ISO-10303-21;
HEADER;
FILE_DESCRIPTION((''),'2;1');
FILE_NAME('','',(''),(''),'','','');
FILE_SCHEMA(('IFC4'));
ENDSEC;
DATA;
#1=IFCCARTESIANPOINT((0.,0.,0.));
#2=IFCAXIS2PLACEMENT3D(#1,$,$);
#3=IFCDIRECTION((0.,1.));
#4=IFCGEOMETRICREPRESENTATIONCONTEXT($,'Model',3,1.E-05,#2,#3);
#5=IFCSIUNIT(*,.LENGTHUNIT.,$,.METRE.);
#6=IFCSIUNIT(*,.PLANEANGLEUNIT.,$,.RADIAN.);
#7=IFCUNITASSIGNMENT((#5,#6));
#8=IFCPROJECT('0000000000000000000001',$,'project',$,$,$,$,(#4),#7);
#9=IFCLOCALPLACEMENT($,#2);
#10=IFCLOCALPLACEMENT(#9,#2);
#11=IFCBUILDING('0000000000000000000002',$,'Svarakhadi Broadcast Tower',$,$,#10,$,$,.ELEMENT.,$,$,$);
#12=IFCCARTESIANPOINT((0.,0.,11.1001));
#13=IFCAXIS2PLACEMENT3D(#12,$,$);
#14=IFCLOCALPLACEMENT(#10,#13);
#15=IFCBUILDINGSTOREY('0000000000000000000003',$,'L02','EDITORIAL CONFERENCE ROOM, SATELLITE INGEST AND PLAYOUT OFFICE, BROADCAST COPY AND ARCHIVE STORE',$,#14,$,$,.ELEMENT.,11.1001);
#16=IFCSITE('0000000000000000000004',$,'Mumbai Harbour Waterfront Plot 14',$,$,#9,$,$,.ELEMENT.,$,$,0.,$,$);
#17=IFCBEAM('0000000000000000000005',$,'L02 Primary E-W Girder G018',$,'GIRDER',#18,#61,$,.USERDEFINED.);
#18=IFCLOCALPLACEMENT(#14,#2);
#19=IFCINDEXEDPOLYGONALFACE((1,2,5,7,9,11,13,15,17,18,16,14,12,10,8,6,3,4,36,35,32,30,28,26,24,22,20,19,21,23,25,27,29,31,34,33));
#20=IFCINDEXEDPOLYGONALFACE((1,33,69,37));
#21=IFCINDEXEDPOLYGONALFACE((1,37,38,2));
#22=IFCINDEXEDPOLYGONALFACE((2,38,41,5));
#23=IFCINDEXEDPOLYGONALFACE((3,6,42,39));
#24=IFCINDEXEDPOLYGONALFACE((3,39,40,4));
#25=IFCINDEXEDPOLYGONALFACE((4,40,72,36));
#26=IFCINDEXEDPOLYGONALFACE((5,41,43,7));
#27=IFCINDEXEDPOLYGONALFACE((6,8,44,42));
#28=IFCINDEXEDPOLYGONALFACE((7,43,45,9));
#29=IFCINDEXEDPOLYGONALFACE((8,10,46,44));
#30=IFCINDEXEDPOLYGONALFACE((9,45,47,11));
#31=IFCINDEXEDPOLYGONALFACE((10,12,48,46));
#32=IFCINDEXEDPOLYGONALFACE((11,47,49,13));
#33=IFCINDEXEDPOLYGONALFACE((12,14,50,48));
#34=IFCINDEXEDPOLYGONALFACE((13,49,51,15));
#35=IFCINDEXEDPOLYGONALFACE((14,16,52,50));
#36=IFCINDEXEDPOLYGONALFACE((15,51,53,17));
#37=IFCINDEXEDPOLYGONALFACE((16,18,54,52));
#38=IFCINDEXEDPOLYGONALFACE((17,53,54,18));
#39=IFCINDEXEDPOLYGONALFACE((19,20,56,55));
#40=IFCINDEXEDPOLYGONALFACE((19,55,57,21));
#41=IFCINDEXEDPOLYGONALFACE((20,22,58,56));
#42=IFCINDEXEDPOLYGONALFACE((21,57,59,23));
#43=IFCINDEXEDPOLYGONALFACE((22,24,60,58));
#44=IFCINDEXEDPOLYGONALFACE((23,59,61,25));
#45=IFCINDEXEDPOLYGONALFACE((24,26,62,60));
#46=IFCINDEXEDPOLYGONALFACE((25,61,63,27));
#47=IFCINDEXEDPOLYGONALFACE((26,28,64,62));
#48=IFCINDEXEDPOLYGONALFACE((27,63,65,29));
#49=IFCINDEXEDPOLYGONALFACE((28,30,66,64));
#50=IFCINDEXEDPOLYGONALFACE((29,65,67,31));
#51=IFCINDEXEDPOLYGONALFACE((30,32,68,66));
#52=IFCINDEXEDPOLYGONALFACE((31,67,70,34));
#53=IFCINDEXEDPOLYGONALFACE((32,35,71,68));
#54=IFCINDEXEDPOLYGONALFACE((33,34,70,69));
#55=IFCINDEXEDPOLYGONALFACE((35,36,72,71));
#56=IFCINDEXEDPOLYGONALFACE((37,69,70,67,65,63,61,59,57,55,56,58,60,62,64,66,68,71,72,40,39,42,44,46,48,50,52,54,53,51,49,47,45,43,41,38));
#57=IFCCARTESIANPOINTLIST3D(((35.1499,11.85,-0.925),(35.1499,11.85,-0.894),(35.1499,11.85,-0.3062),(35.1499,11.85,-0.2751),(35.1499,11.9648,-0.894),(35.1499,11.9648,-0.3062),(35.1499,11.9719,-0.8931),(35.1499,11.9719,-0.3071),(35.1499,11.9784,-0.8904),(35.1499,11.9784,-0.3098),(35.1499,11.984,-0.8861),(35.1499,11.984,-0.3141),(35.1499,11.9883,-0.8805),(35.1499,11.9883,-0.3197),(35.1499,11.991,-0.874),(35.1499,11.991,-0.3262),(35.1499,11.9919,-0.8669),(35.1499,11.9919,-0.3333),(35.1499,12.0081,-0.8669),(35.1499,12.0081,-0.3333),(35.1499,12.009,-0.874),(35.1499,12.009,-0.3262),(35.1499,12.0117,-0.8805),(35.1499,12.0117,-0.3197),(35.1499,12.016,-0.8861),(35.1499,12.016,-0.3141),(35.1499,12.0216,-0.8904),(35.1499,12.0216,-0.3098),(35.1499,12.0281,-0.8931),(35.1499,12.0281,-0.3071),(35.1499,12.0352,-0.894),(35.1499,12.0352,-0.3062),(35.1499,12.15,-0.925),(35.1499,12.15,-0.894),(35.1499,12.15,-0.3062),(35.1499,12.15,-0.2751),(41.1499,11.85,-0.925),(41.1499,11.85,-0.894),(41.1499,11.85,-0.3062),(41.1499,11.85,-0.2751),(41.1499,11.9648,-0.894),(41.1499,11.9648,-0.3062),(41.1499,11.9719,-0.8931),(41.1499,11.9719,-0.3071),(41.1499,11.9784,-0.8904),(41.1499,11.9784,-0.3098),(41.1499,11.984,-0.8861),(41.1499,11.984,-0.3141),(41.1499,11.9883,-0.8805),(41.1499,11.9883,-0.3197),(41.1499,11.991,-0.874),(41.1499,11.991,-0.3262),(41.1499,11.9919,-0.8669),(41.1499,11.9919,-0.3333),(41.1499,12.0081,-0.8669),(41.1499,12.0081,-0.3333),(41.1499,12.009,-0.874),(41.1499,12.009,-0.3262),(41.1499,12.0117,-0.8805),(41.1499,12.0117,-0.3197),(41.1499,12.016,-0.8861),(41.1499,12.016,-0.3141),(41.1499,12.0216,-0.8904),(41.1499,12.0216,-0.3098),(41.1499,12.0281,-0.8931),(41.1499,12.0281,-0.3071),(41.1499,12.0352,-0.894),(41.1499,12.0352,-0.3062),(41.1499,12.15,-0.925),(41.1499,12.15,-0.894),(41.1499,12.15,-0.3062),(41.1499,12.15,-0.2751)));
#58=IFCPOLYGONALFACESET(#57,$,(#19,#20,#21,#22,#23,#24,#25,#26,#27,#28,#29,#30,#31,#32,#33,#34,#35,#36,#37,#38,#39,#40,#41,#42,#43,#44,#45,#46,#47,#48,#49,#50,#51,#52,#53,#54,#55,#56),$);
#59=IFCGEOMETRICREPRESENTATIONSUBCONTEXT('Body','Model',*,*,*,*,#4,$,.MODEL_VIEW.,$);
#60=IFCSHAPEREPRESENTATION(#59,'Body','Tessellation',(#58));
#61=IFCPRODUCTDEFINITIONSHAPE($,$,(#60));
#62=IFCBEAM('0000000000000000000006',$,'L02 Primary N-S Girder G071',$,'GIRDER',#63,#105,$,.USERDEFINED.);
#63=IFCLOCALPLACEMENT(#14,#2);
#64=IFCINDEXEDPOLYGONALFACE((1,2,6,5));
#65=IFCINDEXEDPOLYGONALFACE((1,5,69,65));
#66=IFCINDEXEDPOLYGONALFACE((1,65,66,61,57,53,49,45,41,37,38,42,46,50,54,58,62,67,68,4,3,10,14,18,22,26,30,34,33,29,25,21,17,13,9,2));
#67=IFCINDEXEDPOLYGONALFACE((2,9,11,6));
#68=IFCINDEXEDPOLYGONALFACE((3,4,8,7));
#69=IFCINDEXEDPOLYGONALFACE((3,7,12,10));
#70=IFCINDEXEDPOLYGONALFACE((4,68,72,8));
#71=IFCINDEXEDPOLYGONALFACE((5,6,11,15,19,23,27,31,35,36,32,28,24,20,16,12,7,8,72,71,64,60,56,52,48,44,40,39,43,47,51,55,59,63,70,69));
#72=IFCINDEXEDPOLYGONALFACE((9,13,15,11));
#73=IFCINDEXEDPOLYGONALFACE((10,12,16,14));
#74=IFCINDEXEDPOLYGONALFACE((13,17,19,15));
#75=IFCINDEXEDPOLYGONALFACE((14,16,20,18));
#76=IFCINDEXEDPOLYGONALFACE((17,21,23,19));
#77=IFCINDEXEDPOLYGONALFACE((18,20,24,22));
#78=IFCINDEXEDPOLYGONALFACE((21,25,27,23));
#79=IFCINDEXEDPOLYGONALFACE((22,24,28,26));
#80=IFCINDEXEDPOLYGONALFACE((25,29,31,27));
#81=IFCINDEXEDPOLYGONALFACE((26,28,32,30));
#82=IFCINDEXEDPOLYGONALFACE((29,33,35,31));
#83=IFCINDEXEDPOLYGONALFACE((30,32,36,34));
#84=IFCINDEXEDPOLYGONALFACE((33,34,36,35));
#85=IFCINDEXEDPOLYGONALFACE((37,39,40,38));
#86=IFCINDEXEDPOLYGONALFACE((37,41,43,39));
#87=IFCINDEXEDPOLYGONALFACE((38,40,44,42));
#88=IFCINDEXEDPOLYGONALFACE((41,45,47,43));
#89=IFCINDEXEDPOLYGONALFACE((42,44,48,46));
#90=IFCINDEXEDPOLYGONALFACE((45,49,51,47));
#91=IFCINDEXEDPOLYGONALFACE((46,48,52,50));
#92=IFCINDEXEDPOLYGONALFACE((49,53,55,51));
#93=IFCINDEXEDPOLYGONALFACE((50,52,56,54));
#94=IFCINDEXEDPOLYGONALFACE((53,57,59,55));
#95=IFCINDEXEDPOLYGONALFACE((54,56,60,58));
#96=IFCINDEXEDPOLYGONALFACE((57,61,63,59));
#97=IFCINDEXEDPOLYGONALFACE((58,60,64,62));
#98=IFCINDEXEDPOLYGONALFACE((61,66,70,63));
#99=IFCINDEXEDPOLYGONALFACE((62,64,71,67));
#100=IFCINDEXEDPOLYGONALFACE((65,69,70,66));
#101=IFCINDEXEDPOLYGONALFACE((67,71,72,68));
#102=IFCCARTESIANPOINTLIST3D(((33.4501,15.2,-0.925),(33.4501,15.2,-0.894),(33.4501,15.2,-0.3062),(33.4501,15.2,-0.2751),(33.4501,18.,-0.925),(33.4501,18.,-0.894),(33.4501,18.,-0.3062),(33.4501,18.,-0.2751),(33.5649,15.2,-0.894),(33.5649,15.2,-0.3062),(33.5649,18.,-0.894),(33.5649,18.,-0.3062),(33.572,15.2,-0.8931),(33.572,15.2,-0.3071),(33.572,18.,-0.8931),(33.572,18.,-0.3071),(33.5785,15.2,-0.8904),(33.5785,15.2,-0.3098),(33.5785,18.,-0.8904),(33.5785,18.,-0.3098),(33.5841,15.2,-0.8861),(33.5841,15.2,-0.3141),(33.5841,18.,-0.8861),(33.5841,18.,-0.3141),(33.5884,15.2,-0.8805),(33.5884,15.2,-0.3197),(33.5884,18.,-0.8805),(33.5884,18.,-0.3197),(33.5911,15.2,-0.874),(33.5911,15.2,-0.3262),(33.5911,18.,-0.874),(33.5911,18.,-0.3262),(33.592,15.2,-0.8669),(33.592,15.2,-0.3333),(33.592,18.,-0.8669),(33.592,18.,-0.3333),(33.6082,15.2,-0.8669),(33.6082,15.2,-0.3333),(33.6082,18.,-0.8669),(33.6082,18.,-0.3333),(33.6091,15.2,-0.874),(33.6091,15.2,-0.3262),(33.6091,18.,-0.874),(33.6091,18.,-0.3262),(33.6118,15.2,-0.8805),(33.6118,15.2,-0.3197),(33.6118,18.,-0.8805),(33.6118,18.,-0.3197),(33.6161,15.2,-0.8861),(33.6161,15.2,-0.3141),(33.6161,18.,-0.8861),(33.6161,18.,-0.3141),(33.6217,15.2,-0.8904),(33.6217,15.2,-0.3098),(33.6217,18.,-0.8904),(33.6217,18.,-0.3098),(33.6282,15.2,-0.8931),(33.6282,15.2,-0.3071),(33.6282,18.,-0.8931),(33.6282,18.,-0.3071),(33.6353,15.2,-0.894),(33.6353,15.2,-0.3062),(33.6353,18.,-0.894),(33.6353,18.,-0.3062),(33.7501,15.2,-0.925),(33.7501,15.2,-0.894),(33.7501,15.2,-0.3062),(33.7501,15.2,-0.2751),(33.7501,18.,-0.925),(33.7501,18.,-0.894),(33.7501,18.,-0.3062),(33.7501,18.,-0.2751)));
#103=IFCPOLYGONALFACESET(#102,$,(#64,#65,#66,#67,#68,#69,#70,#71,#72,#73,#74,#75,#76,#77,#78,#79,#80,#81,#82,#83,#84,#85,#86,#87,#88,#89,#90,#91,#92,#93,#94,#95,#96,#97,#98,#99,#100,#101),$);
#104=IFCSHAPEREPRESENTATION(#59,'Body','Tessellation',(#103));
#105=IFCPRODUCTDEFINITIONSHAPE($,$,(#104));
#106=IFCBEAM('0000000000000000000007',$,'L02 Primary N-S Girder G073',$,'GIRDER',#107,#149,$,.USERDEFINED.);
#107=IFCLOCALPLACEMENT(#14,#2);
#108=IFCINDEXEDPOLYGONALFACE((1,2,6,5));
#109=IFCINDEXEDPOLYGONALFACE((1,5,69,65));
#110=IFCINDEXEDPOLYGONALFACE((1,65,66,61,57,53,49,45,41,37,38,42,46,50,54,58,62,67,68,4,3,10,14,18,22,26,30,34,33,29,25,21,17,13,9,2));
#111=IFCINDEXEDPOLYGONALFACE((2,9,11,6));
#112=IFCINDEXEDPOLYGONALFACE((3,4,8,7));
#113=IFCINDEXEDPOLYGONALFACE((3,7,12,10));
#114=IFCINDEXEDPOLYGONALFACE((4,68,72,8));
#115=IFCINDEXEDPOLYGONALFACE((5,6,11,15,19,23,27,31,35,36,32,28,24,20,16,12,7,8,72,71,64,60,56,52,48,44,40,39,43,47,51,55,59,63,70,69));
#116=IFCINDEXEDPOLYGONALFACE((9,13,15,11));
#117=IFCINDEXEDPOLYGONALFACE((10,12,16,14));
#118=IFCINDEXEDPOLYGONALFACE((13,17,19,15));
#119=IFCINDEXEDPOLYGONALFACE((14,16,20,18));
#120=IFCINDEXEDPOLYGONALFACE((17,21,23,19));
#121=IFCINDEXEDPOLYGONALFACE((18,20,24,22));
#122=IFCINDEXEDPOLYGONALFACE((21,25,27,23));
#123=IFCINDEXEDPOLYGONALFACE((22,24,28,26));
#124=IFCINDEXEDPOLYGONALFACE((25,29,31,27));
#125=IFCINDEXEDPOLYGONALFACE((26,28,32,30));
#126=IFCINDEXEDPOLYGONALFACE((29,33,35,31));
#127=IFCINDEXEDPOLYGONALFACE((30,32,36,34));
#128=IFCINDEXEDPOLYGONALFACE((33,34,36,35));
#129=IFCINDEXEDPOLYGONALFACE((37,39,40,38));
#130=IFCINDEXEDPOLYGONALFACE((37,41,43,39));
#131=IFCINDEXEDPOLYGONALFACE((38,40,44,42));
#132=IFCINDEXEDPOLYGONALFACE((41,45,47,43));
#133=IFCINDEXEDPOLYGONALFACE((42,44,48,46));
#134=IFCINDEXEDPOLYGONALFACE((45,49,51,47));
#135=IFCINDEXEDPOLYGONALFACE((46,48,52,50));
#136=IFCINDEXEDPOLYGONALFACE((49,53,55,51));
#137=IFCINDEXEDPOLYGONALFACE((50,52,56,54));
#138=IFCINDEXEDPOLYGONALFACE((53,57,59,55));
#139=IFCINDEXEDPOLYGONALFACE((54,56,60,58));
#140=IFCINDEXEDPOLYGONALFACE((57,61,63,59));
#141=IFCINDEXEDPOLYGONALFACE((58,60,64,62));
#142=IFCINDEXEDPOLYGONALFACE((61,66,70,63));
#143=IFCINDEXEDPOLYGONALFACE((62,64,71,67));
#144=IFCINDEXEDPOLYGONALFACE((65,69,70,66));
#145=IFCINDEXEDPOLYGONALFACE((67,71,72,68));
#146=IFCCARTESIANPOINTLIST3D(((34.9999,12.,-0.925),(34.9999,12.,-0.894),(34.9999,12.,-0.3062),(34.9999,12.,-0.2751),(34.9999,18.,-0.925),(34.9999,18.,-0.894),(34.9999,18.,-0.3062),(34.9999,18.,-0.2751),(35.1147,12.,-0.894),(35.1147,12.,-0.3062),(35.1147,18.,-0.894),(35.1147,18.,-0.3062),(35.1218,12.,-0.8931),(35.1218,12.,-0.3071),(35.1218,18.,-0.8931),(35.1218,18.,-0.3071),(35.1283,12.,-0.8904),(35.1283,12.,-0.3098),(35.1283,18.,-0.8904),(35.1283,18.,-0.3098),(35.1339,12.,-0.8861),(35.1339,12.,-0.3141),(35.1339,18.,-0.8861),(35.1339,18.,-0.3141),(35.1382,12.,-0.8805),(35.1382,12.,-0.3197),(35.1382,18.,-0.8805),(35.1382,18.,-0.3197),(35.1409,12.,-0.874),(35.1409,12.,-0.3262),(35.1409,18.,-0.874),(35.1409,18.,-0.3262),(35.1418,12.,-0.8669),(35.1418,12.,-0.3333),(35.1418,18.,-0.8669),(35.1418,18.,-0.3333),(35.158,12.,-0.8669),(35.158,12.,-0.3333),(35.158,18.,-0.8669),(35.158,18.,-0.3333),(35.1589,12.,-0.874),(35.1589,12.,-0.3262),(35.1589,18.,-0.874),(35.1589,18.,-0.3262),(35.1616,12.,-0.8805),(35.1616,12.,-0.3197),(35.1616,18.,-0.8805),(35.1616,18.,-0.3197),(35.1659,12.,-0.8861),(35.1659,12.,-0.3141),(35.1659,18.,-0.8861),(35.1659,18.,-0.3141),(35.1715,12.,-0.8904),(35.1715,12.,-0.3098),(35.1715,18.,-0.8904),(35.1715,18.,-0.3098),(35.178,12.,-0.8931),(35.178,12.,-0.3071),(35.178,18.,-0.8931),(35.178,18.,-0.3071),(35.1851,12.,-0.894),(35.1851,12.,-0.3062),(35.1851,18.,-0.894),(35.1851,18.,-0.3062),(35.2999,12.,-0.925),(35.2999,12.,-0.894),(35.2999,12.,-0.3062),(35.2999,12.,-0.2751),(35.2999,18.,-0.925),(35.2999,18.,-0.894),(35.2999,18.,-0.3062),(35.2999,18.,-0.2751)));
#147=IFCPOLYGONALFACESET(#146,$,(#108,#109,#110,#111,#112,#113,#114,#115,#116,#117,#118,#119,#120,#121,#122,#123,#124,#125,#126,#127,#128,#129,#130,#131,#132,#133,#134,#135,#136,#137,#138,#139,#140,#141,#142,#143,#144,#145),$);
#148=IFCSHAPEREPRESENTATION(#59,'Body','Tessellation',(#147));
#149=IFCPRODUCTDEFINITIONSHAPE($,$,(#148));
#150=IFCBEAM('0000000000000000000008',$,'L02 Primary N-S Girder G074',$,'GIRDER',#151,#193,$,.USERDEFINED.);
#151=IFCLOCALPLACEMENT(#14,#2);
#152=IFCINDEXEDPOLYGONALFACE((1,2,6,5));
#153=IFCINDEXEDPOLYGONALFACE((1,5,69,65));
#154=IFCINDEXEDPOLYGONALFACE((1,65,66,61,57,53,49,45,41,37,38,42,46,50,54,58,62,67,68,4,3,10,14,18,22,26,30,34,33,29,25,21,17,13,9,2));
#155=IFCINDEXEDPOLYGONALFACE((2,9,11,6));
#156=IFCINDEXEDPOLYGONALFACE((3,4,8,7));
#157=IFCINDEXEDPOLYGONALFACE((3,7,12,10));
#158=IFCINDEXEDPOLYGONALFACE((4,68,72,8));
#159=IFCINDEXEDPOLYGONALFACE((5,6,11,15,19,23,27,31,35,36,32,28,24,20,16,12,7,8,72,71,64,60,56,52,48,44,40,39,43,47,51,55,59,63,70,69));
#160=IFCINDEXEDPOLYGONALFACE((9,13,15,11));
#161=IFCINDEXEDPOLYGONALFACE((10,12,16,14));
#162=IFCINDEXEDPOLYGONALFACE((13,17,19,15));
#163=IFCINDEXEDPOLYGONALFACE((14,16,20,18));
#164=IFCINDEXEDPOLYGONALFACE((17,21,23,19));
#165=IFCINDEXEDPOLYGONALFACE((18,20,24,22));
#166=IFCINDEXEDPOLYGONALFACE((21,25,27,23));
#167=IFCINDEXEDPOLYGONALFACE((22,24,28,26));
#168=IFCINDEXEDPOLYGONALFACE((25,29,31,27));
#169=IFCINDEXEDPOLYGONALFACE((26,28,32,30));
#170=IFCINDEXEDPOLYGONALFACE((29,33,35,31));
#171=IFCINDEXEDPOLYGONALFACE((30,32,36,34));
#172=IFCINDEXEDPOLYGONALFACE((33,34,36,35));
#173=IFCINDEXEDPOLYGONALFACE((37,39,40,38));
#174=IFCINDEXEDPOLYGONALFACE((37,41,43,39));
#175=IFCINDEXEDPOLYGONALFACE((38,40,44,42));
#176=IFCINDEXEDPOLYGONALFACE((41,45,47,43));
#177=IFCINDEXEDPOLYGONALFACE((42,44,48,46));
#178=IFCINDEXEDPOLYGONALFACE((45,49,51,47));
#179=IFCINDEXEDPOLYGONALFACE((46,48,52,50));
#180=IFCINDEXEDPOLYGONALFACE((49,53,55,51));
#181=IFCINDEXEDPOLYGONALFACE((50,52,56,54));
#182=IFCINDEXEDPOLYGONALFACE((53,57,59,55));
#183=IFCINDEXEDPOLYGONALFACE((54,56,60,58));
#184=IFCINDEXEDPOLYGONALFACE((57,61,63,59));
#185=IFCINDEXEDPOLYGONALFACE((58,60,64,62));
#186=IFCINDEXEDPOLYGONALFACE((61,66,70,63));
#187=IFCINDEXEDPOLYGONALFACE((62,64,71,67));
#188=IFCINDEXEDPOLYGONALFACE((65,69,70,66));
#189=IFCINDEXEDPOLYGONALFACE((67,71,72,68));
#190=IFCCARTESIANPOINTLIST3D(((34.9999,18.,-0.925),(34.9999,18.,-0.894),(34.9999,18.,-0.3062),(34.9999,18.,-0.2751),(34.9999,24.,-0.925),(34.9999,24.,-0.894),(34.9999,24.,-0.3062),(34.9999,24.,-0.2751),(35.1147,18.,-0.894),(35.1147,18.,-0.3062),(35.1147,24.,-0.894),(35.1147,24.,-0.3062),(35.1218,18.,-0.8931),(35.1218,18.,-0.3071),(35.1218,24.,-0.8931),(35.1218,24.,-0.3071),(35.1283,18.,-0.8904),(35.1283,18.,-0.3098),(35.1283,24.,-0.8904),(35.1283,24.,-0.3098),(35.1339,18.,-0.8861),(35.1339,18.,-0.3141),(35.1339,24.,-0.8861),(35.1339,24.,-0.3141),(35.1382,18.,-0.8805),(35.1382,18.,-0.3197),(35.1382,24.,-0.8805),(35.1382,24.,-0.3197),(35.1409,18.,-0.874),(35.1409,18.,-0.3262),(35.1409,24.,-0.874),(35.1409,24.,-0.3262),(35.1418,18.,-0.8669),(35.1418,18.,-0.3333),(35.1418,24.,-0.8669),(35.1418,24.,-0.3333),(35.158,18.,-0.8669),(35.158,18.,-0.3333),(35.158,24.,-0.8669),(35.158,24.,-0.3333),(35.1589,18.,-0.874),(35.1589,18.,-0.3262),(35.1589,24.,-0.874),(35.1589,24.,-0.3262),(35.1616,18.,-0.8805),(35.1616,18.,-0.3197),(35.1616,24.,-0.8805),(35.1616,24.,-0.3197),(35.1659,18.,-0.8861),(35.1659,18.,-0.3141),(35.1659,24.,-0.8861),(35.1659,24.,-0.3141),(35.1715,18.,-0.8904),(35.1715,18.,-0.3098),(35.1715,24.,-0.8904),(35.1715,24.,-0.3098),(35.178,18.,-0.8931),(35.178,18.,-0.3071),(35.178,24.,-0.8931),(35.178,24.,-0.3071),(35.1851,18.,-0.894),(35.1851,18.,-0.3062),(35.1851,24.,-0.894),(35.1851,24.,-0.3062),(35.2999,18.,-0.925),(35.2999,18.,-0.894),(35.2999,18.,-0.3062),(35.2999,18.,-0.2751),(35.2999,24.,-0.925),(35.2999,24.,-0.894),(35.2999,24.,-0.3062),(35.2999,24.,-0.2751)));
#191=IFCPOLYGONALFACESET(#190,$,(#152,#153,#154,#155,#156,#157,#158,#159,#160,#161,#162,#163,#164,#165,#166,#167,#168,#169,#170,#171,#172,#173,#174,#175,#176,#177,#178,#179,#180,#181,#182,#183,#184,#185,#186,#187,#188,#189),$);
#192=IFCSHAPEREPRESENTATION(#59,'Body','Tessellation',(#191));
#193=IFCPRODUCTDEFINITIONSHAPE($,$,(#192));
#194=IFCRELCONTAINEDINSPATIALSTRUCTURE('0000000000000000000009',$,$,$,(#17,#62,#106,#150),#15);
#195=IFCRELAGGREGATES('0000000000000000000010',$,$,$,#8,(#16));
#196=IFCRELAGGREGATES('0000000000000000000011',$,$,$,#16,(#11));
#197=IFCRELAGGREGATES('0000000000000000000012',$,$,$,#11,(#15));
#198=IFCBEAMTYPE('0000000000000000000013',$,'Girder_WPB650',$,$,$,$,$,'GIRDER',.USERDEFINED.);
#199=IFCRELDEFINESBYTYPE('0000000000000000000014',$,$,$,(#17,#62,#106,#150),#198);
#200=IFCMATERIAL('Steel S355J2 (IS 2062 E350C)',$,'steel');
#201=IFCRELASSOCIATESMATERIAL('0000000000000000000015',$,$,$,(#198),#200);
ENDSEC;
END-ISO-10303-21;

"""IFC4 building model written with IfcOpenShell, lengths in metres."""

from ifc_helpers import new_model, si_unit, direction, frame, origin, origin_2d, place, context, subcontext, project, spatial, i_section, extrude, material, material_profile, profile_set, type_object, element, save


model = new_model("IFC4")

# Units and contexts
model_context = context("Model", 3, precision=1e-05, world=origin(), true_north=direction((0.0, 1.0)))
body_context = subcontext(model_context, "Body", "Model", "MODEL_VIEW")
ifc_project = project(units=[si_unit("LENGTHUNIT", "METRE"), si_unit("PLANEANGLEUNIT", "RADIAN")], contexts=[model_context])

# Site, building, storey
site_placement = place(None, origin())
site = spatial("IfcSite", under=ifc_project, at=site_placement, Name="Mumbai Harbour Waterfront Plot 14", CompositionType="ELEMENT", RefElevation=0.0)
building_placement = place(site_placement, origin())
building = spatial("IfcBuilding", under=site, at=building_placement, Name="Svarakhadi Broadcast Tower", CompositionType="ELEMENT")
storey_placement = place(building_placement, frame((0.0, 0.0, 11.1001)))
storey = spatial("IfcBuildingStorey", under=building, at=storey_placement, Name="L02", Description="EDITORIAL CONFERENCE ROOM, SATELLITE INGEST AND PLAYOUT OFFICE, BROADCAST COPY AND ARCHIVE STORE", CompositionType="ELEMENT", Elevation=11.1001)

# Beams
ifc_material_1 = material(Name="Steel S355J2 (IS 2062 E350C)", Category="steel")
ifc_material_profile_1 = material_profile(ifc_material_1, i_section(OverallWidth=0.3, OverallDepth=0.6499, WebThickness=0.0161, FlangeThickness=0.031, FilletRadius=0.0271, at=origin_2d()), Name="WPB 650x300x225")
ifc_profile_set_1 = profile_set([ifc_material_profile_1], Name="Steel S355J2 (IS 2062 E350C)")
beam_type_1 = type_object("IfcBeamType", Name="Girder_WPB650", ElementType="GIRDER", PredefinedType="USERDEFINED", material=ifc_profile_set_1)
beam_1_placement = place(storey_placement, frame((35.1499, 12.0, -0.6001), z_axis=(1.0, 0.0, 0.0), x_axis=(0.0, 1.0, 0.0)))
element("IfcBeam", 1, at=beam_1_placement, inside=storey, type_object=beam_type_1, Name="L02 Primary E-W Girder G018", ObjectType="GIRDER", PredefinedType="USERDEFINED", context=body_context, shape_type="SweptSolid", body=[
    extrude(i_section(OverallWidth=0.3, OverallDepth=0.6499, WebThickness=0.0161, FlangeThickness=0.031, FilletRadius=0.0271, at=origin_2d()), origin(), (0.0, 0.0, 1.0), 6.0),
])
beam_2_placement = place(storey_placement, frame((33.6001, 15.2, -0.6001), z_axis=(0.0, 1.0, 0.0), x_axis=(-1.0, 0.0, 0.0)))
element("IfcBeam", 2, at=beam_2_placement, inside=storey, type_object=beam_type_1, Name="L02 Primary N-S Girder G071", ObjectType="GIRDER", PredefinedType="USERDEFINED", context=body_context, shape_type="SweptSolid", body=[
    extrude(i_section(OverallWidth=0.3, OverallDepth=0.6499, WebThickness=0.0161, FlangeThickness=0.031, FilletRadius=0.0271, at=origin_2d()), origin(), (0.0, 0.0, 1.0), 2.8),
])
for number, where, z_axis, x_axis, name in (
    (3, (35.1499, 12.0, -0.6001), (0.0, 1.0, 0.0), (-1.0, 0.0, 0.0), "L02 Primary N-S Girder G073"),
    (4, (35.1499, 18.0, -0.6001), (0.0, 1.0, 0.0), (-1.0, 0.0, 0.0), "L02 Primary N-S Girder G074"),
):
    element("IfcBeam", number, at=place(storey_placement, frame(where, z_axis=z_axis, x_axis=x_axis)), inside=storey, type_object=beam_type_1, Name=name, ObjectType="GIRDER", PredefinedType="USERDEFINED", context=body_context, shape_type="SweptSolid", body=[
        extrude(i_section(OverallWidth=0.3, OverallDepth=0.6499, WebThickness=0.0161, FlangeThickness=0.031, FilletRadius=0.0271, at=origin_2d()), origin(), (0.0, 0.0, 1.0), 6.0),
    ])

save(model, "model.ifc")
